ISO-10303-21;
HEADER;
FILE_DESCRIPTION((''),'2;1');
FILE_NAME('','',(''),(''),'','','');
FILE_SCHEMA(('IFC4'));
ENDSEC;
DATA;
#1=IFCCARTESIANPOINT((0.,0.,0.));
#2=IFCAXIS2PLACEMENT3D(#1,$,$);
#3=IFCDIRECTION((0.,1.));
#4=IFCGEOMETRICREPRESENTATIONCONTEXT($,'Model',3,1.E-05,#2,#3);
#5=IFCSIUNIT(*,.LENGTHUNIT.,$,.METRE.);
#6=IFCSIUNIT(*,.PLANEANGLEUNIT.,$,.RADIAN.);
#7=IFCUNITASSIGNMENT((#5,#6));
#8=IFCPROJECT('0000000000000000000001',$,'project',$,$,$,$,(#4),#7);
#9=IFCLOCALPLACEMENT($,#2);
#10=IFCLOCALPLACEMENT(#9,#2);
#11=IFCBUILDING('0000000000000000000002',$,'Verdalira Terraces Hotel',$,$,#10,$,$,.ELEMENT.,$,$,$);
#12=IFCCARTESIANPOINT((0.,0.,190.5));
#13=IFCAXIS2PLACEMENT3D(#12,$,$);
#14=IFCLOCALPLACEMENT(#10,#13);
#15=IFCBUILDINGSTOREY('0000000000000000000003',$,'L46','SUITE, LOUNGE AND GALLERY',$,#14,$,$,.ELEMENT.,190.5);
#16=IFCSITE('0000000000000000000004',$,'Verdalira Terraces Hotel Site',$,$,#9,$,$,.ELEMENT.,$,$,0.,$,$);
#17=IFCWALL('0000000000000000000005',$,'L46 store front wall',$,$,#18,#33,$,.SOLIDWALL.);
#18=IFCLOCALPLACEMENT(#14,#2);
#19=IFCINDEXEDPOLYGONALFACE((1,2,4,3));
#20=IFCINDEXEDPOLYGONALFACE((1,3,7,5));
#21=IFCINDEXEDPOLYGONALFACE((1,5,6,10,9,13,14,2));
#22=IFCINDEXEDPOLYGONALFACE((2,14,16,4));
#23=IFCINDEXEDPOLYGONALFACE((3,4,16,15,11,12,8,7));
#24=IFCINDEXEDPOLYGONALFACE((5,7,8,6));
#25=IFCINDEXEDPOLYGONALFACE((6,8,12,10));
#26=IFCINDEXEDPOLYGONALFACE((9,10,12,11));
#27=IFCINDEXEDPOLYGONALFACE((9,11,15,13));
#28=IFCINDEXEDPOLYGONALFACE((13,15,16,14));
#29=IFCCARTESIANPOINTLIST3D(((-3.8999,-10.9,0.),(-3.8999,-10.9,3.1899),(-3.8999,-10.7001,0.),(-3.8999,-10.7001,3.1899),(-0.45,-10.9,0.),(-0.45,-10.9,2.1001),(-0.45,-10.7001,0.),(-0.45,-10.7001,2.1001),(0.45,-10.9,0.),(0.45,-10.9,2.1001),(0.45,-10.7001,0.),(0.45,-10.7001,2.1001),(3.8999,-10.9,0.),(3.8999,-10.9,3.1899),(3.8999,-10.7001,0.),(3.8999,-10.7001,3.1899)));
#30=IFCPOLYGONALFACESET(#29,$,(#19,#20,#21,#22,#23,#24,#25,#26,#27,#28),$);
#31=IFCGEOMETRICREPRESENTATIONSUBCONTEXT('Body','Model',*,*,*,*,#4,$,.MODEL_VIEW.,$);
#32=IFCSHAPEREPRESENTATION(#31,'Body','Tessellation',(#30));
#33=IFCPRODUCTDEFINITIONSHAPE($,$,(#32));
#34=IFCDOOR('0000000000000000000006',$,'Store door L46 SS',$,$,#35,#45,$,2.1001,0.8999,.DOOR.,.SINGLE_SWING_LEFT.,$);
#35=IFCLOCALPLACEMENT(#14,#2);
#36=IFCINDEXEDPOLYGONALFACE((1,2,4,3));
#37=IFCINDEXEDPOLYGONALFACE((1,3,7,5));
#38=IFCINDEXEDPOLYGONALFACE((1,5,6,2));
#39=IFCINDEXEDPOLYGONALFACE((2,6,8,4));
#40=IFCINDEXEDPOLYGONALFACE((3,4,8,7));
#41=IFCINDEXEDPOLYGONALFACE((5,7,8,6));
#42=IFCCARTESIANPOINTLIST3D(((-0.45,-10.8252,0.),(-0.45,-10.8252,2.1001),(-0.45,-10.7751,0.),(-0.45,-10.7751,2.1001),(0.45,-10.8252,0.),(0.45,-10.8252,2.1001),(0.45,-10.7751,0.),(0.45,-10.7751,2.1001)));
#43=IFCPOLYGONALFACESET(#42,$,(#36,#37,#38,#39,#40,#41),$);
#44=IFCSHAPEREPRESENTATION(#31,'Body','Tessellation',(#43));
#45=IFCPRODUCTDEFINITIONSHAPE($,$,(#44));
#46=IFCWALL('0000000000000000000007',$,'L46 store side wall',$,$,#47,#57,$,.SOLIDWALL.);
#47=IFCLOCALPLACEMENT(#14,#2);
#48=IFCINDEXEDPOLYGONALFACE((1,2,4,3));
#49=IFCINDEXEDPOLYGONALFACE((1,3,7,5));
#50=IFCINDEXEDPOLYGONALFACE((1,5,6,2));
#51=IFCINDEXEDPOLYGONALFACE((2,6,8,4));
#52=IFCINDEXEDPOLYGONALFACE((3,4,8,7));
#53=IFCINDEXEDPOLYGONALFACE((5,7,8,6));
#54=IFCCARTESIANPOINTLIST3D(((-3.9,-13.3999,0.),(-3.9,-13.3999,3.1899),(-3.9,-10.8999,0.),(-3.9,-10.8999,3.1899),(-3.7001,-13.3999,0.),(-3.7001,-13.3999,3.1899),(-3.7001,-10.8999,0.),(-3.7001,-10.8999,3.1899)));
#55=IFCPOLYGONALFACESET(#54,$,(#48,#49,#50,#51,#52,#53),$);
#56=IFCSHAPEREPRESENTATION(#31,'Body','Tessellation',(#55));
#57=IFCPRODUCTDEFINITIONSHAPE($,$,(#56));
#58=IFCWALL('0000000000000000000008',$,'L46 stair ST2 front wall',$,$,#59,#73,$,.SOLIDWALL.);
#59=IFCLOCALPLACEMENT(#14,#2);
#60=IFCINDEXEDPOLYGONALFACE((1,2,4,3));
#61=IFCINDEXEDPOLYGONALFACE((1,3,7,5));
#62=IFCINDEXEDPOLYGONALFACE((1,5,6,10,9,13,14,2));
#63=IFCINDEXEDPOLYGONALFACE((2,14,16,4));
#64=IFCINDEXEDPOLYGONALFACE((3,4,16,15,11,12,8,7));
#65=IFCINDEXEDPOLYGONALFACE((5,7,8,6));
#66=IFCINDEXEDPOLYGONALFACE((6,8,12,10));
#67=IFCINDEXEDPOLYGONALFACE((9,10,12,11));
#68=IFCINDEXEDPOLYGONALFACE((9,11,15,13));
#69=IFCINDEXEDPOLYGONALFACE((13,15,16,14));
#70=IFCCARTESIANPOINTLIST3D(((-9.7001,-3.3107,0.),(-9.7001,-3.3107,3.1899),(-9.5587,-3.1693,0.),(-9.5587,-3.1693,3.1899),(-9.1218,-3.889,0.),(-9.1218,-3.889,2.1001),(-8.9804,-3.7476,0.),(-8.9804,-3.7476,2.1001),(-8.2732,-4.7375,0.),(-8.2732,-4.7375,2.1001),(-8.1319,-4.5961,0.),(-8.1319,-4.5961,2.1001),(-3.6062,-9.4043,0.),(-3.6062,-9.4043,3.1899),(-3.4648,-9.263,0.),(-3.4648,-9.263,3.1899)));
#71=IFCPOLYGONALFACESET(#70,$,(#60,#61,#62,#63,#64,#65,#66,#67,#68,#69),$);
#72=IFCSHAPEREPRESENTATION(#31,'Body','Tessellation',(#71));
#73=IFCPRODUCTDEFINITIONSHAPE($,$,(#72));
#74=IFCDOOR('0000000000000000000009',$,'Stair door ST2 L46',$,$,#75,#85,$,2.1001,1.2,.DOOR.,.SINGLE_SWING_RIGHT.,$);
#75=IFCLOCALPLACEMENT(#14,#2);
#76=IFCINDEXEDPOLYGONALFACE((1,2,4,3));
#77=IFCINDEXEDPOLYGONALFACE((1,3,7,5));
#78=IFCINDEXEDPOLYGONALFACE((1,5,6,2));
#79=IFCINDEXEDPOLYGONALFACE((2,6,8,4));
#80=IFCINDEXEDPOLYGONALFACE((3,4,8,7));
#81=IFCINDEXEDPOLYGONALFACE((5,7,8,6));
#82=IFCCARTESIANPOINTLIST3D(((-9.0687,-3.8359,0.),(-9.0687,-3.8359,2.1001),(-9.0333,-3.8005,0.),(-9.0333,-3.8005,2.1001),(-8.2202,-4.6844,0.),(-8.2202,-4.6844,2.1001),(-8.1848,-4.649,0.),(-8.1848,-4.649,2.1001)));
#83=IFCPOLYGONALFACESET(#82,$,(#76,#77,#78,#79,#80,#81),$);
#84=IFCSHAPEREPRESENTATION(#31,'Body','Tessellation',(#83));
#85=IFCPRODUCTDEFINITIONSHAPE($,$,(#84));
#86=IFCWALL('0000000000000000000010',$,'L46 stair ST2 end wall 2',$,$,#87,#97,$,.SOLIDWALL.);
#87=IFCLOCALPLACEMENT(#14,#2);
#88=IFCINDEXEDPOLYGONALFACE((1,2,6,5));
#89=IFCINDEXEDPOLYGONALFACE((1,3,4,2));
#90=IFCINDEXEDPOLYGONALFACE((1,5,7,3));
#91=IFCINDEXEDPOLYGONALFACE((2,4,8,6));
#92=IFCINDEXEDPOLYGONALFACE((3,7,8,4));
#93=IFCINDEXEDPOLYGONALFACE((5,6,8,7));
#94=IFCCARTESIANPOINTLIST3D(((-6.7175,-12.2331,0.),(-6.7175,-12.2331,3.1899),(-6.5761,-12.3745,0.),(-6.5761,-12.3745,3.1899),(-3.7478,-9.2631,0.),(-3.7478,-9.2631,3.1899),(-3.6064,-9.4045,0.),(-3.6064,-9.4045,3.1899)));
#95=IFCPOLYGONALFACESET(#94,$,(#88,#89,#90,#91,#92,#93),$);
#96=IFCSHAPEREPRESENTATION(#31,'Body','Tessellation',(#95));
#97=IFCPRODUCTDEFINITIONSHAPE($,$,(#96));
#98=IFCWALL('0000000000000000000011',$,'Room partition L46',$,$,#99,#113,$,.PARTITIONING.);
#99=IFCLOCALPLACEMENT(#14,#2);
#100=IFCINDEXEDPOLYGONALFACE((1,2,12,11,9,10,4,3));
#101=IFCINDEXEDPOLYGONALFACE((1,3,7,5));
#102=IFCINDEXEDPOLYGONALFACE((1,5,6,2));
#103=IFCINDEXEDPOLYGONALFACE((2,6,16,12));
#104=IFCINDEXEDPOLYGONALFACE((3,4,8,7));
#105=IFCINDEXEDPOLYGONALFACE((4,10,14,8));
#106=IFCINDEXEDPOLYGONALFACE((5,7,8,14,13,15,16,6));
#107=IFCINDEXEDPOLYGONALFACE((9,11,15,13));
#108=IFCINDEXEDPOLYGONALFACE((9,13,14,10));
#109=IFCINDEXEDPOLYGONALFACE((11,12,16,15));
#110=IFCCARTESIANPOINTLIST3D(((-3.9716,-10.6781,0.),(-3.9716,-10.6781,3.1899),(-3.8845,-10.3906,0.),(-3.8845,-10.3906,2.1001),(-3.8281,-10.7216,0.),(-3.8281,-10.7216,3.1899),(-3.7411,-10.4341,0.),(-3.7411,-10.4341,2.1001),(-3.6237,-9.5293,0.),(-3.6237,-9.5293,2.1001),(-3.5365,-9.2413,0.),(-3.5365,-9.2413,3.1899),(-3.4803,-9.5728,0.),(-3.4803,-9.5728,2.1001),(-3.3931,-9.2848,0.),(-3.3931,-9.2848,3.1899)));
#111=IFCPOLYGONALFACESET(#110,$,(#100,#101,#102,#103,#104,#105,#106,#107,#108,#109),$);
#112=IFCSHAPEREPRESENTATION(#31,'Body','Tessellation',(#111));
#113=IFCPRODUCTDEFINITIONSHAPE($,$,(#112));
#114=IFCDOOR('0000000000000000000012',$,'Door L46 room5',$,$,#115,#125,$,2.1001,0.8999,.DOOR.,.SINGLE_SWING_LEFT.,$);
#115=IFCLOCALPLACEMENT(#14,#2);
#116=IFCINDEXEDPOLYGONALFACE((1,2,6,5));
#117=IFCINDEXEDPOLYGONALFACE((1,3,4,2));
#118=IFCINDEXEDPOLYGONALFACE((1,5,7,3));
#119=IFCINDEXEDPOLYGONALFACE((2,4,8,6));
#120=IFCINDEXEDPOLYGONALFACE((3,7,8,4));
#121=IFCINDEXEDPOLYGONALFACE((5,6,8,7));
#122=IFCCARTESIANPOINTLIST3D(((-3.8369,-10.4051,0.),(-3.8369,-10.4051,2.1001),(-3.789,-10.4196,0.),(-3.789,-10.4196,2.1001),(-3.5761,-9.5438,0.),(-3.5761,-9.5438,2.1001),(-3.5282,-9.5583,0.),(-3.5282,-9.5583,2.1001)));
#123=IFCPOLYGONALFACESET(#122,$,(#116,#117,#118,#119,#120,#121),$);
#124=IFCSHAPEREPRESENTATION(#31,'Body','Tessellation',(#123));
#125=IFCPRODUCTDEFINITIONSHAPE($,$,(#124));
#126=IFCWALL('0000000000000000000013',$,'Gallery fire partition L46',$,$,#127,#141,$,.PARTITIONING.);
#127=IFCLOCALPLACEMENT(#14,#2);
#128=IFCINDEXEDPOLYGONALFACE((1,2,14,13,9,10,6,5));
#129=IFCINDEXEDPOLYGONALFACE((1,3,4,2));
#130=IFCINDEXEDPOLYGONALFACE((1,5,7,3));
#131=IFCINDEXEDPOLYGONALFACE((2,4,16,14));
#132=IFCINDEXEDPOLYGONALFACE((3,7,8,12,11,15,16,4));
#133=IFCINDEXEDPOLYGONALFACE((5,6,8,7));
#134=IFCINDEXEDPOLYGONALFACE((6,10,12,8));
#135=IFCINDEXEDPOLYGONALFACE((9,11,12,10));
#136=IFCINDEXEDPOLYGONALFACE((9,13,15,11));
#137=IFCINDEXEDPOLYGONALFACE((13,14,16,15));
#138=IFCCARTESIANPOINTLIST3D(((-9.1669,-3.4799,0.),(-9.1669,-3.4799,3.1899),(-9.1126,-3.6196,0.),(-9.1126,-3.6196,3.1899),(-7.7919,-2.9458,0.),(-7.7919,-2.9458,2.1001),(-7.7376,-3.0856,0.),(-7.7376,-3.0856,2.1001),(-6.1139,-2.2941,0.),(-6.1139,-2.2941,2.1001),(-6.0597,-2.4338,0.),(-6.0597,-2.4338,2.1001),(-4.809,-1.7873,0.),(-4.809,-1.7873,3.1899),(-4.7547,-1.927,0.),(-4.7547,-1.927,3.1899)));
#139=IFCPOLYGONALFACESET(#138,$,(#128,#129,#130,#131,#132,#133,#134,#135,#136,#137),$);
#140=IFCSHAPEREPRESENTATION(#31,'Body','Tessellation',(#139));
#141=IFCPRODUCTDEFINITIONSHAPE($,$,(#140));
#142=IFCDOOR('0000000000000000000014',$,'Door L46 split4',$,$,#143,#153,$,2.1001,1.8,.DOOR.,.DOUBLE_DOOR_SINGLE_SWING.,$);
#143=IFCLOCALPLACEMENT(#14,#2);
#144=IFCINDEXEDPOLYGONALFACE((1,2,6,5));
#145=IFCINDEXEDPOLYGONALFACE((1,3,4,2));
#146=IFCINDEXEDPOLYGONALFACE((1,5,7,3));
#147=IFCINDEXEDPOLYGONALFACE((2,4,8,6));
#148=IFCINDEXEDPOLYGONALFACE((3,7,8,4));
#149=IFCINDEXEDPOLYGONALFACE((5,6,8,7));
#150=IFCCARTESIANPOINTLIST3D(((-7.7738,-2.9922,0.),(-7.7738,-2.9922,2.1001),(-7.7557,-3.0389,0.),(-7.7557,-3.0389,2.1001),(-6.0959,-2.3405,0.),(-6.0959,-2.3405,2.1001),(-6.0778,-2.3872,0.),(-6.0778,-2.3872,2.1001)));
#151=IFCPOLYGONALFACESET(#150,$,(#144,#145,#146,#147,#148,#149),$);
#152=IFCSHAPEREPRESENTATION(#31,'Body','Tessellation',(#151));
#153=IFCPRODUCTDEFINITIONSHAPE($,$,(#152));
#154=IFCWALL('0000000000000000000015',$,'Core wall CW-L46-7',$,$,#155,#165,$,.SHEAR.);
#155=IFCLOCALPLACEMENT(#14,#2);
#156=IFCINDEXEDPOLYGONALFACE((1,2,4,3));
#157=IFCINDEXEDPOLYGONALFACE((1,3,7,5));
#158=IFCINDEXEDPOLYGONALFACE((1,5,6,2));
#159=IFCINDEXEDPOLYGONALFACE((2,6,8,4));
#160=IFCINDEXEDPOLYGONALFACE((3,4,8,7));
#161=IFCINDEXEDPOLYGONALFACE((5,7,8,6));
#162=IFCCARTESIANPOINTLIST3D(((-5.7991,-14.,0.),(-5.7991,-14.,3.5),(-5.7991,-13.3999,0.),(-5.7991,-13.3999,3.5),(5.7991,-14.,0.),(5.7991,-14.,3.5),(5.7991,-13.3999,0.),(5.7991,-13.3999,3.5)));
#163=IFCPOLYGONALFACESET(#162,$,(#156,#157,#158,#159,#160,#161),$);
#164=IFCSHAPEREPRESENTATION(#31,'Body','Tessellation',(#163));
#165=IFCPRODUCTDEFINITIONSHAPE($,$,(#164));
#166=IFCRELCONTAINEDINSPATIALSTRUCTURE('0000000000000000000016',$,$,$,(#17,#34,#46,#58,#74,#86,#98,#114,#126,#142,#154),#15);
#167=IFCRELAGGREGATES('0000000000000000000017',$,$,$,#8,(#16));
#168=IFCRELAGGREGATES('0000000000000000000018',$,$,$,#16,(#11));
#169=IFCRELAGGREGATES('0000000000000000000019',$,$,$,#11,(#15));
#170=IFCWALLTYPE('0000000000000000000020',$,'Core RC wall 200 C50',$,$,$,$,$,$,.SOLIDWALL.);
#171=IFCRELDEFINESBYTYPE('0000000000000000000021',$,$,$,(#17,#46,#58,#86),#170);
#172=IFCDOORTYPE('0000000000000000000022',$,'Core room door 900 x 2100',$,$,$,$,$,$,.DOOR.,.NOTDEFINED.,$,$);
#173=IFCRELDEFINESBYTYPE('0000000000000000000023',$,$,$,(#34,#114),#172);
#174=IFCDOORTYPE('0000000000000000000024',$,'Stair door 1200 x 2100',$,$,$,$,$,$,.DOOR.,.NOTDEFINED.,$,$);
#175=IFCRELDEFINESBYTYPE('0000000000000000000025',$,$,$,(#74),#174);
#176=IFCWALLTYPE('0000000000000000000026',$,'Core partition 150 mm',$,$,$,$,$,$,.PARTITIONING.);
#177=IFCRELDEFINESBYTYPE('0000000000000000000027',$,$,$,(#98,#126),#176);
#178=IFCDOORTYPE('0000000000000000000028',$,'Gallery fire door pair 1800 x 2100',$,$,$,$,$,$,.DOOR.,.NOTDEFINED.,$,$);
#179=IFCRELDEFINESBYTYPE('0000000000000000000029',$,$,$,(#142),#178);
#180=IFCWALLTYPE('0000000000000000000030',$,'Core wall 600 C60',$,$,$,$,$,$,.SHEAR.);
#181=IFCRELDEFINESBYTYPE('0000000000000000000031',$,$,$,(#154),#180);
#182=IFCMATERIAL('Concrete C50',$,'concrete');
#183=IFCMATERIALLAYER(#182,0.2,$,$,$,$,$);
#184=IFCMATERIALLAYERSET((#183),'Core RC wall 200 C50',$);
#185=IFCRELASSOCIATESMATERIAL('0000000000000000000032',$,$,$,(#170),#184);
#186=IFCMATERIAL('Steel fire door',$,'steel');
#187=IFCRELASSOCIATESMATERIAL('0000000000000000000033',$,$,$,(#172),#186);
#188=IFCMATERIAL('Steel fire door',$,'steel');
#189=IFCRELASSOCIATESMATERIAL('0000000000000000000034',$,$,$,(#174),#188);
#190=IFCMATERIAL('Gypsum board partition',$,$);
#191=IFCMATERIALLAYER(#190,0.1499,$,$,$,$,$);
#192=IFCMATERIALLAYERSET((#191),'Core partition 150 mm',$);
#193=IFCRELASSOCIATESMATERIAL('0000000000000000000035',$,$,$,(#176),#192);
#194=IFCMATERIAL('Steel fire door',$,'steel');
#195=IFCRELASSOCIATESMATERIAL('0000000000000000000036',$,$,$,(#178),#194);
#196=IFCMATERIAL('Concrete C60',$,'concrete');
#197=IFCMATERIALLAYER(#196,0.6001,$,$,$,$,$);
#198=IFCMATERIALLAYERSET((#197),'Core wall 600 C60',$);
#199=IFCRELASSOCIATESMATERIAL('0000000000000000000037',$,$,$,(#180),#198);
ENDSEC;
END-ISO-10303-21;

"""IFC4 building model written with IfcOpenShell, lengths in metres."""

from ifc_helpers import new_model, si_unit, direction, frame, frame_2d, origin, place, context, subcontext, project, spatial, rectangle, extrude, material, layer, layer_set, type_object, element, fill, save


model = new_model("IFC4")

# Units and contexts
model_context = context("Model", 3, precision=1e-05, world=origin(), true_north=direction((0.0, 1.0)))
body_context = subcontext(model_context, "Body", "Model", "MODEL_VIEW")
ifc_project = project(units=[si_unit("LENGTHUNIT", "METRE"), si_unit("PLANEANGLEUNIT", "RADIAN")], contexts=[model_context])

# Site, building, storey
site_placement = place(None, origin())
site = spatial("IfcSite", under=ifc_project, at=site_placement, Name="Verdalira Terraces Hotel Site", CompositionType="ELEMENT", RefElevation=0.0)
building_placement = place(site_placement, origin())
building = spatial("IfcBuilding", under=site, at=building_placement, Name="Verdalira Terraces Hotel", CompositionType="ELEMENT")
storey_placement = place(building_placement, frame((0.0, 0.0, 190.5)))
storey = spatial("IfcBuildingStorey", under=building, at=storey_placement, Name="L46", Description="SUITE, LOUNGE AND GALLERY", CompositionType="ELEMENT", Elevation=190.5)

# Shared definitions
ifc_material_1 = material(Name="Concrete C50", Category="concrete")
ifc_layer_1 = layer(ifc_material_1, 0.2)
ifc_layer_set_1 = layer_set([ifc_layer_1], Name="Core RC wall 200 C50")
wall_type_1 = type_object("IfcWallType", Name="Core RC wall 200 C50", PredefinedType="SOLIDWALL", material=ifc_layer_set_1)

# Wall, opening, door
wall_1_placement = place(storey_placement, frame((-3.8999, -10.8, 0.0), z_axis=(0.0, 0.0, 1.0), x_axis=(1.0, 0.0, 0.0)))
wall_1 = element("IfcWall", 1, at=wall_1_placement, inside=storey, type_object=wall_type_1, Name="L46 store front wall", PredefinedType="SOLIDWALL", context=body_context, shape_type="SweptSolid", body=[
    extrude(rectangle(XDim=7.7998, YDim=0.2, at=frame_2d((3.8999, 0.0))), origin(), (0.0, 0.0, 1.0), 3.1899),
])
opening_1_placement = place(wall_1_placement, frame((3.45, 0.0, 0.0)))
opening_1 = element("IfcOpeningElement", 2, at=opening_1_placement, cuts=wall_1, PredefinedType="OPENING", context=body_context, shape_type="SweptSolid", body=[
    extrude(rectangle(XDim=0.8999, YDim=2.1001, at=frame_2d((0.45, 1.05))), frame((0.0, 0.1099, 0.0), z_axis=(0.0, -1.0, 0.0), x_axis=(1.0, 0.0, 0.0)), (0.0, 0.0, 1.0), 0.22),
])
ifc_material_2 = material(Name="Steel fire door", Category="steel")
door_type_1 = type_object("IfcDoorType", Name="Core room door 900 x 2100", OperationType="NOTDEFINED", PredefinedType="DOOR", material=ifc_material_2)
door_1_placement = place(opening_1_placement, origin())
door_1 = element("IfcDoor", 3, at=door_1_placement, inside=storey, type_object=door_type_1, Name="Store door L46 SS", OperationType="SINGLE_SWING_LEFT", OverallHeight=2.1001, OverallWidth=0.8999, PredefinedType="DOOR", context=body_context, shape_type="SweptSolid", body=[
    extrude(rectangle(XDim=0.8999, YDim=2.1001, at=frame_2d((0.45, 1.05))), frame((0.0, 0.0249, 0.0), z_axis=(0.0, -1.0, 0.0), x_axis=(1.0, 0.0, 0.0)), (0.0, 0.0, 1.0), 0.05),
])
fill(opening_1, door_1)

# Wall
wall_2_placement = place(storey_placement, frame((-3.8, -10.8999, 0.0), z_axis=(0.0, 0.0, 1.0), x_axis=(0.0, -1.0, 0.0)))
element("IfcWall", 4, at=wall_2_placement, inside=storey, type_object=wall_type_1, Name="L46 store side wall", PredefinedType="SOLIDWALL", context=body_context, shape_type="SweptSolid", body=[
    extrude(rectangle(XDim=2.5, YDim=0.2, at=frame_2d((1.25, 0.0))), origin(), (0.0, 0.0, 1.0), 3.1899),
])

# Wall, opening, door
wall_3_placement = place(storey_placement, frame((-3.5354, -9.3337, 0.0), z_axis=(0.0, 0.0, 1.0), x_axis=(-0.707121, 0.707093, 0.0)))
wall_3 = element("IfcWall", 5, at=wall_3_placement, inside=storey, type_object=wall_type_1, Name="L46 stair ST2 front wall", PredefinedType="SOLIDWALL", context=body_context, shape_type="SweptSolid", body=[
    extrude(rectangle(XDim=8.6179, YDim=0.2, at=frame_2d((4.3091, 0.0))), origin(), (0.0, 0.0, 1.0), 3.1899),
])
opening_2_placement = place(wall_3_placement, frame((6.6001, 0.0, 0.0)))
opening_2 = element("IfcOpeningElement", 6, at=opening_2_placement, cuts=wall_3, PredefinedType="OPENING", context=body_context, shape_type="SweptSolid", body=[
    extrude(rectangle(XDim=1.2, YDim=2.1001, at=frame_2d((0.6001, 1.05))), frame((0.0, 0.1099, 0.0), z_axis=(0.0, -1.0, 0.0), x_axis=(1.0, 0.0, 0.0)), (0.0, 0.0, 1.0), 0.22),
])
ifc_material_3 = material(Name="Steel fire door", Category="steel")
door_type_2 = type_object("IfcDoorType", Name="Stair door 1200 x 2100", OperationType="NOTDEFINED", PredefinedType="DOOR", material=ifc_material_3)
door_2_placement = place(opening_2_placement, origin())
door_2 = element("IfcDoor", 7, at=door_2_placement, inside=storey, type_object=door_type_2, Name="Stair door ST2 L46", OperationType="SINGLE_SWING_RIGHT", OverallHeight=2.1001, OverallWidth=1.2, PredefinedType="DOOR", context=body_context, shape_type="SweptSolid", body=[
    extrude(rectangle(XDim=1.2, YDim=2.1001, at=frame_2d((0.6001, 1.05))), frame((0.0, 0.0249, 0.0), z_axis=(0.0, -1.0, 0.0), x_axis=(1.0, 0.0, 0.0)), (0.0, 0.0, 1.0), 0.05),
])
fill(opening_2, door_2)

# Wall
wall_4_placement = place(storey_placement, frame((-3.677, -9.3337, 0.0), z_axis=(0.0, 0.0, 1.0), x_axis=(-0.707078, -0.707136, 0.0)))
element("IfcWall", 8, at=wall_4_placement, inside=storey, type_object=wall_type_1, Name="L46 stair ST2 end wall 2", PredefinedType="SOLIDWALL", context=body_context, shape_type="SweptSolid", body=[
    extrude(rectangle(XDim=4.2, YDim=0.2, at=frame_2d((2.1001, 0.0))), origin(), (0.0, 0.0, 1.0), 3.1899),
])

# Walls, openings, doors
ifc_material_4 = material(Name="Gypsum board partition")
ifc_layer_2 = layer(ifc_material_4, 0.1499)
ifc_layer_set_2 = layer_set([ifc_layer_2], Name="Core partition 150 mm")
wall_type_2 = type_object("IfcWallType", Name="Core partition 150 mm", PredefinedType="PARTITIONING", material=ifc_layer_set_2)
wall_5_placement = place(storey_placement, frame((-3.4648, -9.2632, 0.0), z_axis=(0.0, 0.0, 1.0), x_axis=(-0.289809, -0.957085, 0.0)))
wall_5 = element("IfcWall", 9, at=wall_5_placement, inside=storey, type_object=wall_type_2, Name="Room partition L46", PredefinedType="PARTITIONING", context=body_context, shape_type="SweptSolid", body=[
    extrude(rectangle(XDim=1.5012, YDim=0.1499, at=frame_2d((0.7505, 0.0))), origin(), (0.0, 0.0, 1.0), 3.1899),
])
opening_3_placement = place(wall_5_placement, frame((0.3008, 0.0, 0.0)))
opening_3 = element("IfcOpeningElement", 10, at=opening_3_placement, cuts=wall_5, PredefinedType="OPENING", context=body_context, shape_type="SweptSolid", body=[
    extrude(rectangle(XDim=0.8999, YDim=2.1001, at=frame_2d((0.45, 1.05))), frame((0.0, 0.085, 0.0), z_axis=(0.0, -1.0, 0.0), x_axis=(1.0, 0.0, 0.0)), (0.0, 0.0, 1.0), 0.1699),
])
door_3_placement = place(opening_3_placement, origin())
door_3 = element("IfcDoor", 11, at=door_3_placement, inside=storey, type_object=door_type_1, Name="Door L46 room5", OperationType="SINGLE_SWING_LEFT", OverallHeight=2.1001, OverallWidth=0.8999, PredefinedType="DOOR", context=body_context, shape_type="SweptSolid", body=[
    extrude(rectangle(XDim=0.8999, YDim=2.1001, at=frame_2d((0.45, 1.05))), frame((0.0, 0.0249, 0.0), z_axis=(0.0, -1.0, 0.0), x_axis=(1.0, 0.0, 0.0)), (0.0, 0.0, 1.0), 0.05),
])
fill(opening_3, door_3)
wall_6_placement = place(storey_placement, frame((-4.782, -1.8572, 0.0), z_axis=(0.0, 0.0, 1.0), x_axis=(-0.932157, -0.362053, 0.0)))
wall_6 = element("IfcWall", 12, at=wall_6_placement, inside=storey, type_object=wall_type_2, Name="Gallery fire partition L46", PredefinedType="PARTITIONING", context=body_context, shape_type="SweptSolid", body=[
    extrude(rectangle(XDim=4.675, YDim=0.1499, at=frame_2d((2.3374, 0.0))), origin(), (0.0, 0.0, 1.0), 3.1899),
])
opening_4_placement = place(wall_6_placement, frame((1.3999, 0.0, 0.0)))
opening_4 = element("IfcOpeningElement", 13, at=opening_4_placement, cuts=wall_6, PredefinedType="OPENING", context=body_context, shape_type="SweptSolid", body=[
    extrude(rectangle(XDim=1.8, YDim=2.1001, at=frame_2d((0.8999, 1.05))), frame((0.0, 0.085, 0.0), z_axis=(0.0, -1.0, 0.0), x_axis=(1.0, 0.0, 0.0)), (0.0, 0.0, 1.0), 0.1699),
])
ifc_material_5 = material(Name="Steel fire door", Category="steel")
door_type_3 = type_object("IfcDoorType", Name="Gallery fire door pair 1800 x 2100", OperationType="NOTDEFINED", PredefinedType="DOOR", material=ifc_material_5)
door_4_placement = place(opening_4_placement, origin())
door_4 = element("IfcDoor", 14, at=door_4_placement, inside=storey, type_object=door_type_3, Name="Door L46 split4", OperationType="DOUBLE_DOOR_SINGLE_SWING", OverallHeight=2.1001, OverallWidth=1.8, PredefinedType="DOOR", context=body_context, shape_type="SweptSolid", body=[
    extrude(rectangle(XDim=1.8, YDim=2.1001, at=frame_2d((0.8999, 1.05))), frame((0.0, 0.0249, 0.0), z_axis=(0.0, -1.0, 0.0), x_axis=(1.0, 0.0, 0.0)), (0.0, 0.0, 1.0), 0.05),
])
fill(opening_4, door_4)

# Wall
ifc_material_6 = material(Name="Concrete C60", Category="concrete")
ifc_layer_3 = layer(ifc_material_6, 0.6001)
ifc_layer_set_3 = layer_set([ifc_layer_3], Name="Core wall 600 C60")
wall_type_3 = type_object("IfcWallType", Name="Core wall 600 C60", PredefinedType="SHEAR", material=ifc_layer_set_3)
wall_7_placement = place(storey_placement, frame((-5.7991, -13.7, 0.0), z_axis=(0.0, 0.0, 1.0), x_axis=(1.0, 0.0, 0.0)))
element("IfcWall", 15, at=wall_7_placement, inside=storey, type_object=wall_type_3, Name="Core wall CW-L46-7", PredefinedType="SHEAR", context=body_context, shape_type="SweptSolid", body=[
    extrude(rectangle(XDim=11.5981, YDim=0.6001, at=frame_2d((5.7991, 0.0))), origin(), (0.0, 0.0, 1.0), 3.5),
])

save(model, "model.ifc")
